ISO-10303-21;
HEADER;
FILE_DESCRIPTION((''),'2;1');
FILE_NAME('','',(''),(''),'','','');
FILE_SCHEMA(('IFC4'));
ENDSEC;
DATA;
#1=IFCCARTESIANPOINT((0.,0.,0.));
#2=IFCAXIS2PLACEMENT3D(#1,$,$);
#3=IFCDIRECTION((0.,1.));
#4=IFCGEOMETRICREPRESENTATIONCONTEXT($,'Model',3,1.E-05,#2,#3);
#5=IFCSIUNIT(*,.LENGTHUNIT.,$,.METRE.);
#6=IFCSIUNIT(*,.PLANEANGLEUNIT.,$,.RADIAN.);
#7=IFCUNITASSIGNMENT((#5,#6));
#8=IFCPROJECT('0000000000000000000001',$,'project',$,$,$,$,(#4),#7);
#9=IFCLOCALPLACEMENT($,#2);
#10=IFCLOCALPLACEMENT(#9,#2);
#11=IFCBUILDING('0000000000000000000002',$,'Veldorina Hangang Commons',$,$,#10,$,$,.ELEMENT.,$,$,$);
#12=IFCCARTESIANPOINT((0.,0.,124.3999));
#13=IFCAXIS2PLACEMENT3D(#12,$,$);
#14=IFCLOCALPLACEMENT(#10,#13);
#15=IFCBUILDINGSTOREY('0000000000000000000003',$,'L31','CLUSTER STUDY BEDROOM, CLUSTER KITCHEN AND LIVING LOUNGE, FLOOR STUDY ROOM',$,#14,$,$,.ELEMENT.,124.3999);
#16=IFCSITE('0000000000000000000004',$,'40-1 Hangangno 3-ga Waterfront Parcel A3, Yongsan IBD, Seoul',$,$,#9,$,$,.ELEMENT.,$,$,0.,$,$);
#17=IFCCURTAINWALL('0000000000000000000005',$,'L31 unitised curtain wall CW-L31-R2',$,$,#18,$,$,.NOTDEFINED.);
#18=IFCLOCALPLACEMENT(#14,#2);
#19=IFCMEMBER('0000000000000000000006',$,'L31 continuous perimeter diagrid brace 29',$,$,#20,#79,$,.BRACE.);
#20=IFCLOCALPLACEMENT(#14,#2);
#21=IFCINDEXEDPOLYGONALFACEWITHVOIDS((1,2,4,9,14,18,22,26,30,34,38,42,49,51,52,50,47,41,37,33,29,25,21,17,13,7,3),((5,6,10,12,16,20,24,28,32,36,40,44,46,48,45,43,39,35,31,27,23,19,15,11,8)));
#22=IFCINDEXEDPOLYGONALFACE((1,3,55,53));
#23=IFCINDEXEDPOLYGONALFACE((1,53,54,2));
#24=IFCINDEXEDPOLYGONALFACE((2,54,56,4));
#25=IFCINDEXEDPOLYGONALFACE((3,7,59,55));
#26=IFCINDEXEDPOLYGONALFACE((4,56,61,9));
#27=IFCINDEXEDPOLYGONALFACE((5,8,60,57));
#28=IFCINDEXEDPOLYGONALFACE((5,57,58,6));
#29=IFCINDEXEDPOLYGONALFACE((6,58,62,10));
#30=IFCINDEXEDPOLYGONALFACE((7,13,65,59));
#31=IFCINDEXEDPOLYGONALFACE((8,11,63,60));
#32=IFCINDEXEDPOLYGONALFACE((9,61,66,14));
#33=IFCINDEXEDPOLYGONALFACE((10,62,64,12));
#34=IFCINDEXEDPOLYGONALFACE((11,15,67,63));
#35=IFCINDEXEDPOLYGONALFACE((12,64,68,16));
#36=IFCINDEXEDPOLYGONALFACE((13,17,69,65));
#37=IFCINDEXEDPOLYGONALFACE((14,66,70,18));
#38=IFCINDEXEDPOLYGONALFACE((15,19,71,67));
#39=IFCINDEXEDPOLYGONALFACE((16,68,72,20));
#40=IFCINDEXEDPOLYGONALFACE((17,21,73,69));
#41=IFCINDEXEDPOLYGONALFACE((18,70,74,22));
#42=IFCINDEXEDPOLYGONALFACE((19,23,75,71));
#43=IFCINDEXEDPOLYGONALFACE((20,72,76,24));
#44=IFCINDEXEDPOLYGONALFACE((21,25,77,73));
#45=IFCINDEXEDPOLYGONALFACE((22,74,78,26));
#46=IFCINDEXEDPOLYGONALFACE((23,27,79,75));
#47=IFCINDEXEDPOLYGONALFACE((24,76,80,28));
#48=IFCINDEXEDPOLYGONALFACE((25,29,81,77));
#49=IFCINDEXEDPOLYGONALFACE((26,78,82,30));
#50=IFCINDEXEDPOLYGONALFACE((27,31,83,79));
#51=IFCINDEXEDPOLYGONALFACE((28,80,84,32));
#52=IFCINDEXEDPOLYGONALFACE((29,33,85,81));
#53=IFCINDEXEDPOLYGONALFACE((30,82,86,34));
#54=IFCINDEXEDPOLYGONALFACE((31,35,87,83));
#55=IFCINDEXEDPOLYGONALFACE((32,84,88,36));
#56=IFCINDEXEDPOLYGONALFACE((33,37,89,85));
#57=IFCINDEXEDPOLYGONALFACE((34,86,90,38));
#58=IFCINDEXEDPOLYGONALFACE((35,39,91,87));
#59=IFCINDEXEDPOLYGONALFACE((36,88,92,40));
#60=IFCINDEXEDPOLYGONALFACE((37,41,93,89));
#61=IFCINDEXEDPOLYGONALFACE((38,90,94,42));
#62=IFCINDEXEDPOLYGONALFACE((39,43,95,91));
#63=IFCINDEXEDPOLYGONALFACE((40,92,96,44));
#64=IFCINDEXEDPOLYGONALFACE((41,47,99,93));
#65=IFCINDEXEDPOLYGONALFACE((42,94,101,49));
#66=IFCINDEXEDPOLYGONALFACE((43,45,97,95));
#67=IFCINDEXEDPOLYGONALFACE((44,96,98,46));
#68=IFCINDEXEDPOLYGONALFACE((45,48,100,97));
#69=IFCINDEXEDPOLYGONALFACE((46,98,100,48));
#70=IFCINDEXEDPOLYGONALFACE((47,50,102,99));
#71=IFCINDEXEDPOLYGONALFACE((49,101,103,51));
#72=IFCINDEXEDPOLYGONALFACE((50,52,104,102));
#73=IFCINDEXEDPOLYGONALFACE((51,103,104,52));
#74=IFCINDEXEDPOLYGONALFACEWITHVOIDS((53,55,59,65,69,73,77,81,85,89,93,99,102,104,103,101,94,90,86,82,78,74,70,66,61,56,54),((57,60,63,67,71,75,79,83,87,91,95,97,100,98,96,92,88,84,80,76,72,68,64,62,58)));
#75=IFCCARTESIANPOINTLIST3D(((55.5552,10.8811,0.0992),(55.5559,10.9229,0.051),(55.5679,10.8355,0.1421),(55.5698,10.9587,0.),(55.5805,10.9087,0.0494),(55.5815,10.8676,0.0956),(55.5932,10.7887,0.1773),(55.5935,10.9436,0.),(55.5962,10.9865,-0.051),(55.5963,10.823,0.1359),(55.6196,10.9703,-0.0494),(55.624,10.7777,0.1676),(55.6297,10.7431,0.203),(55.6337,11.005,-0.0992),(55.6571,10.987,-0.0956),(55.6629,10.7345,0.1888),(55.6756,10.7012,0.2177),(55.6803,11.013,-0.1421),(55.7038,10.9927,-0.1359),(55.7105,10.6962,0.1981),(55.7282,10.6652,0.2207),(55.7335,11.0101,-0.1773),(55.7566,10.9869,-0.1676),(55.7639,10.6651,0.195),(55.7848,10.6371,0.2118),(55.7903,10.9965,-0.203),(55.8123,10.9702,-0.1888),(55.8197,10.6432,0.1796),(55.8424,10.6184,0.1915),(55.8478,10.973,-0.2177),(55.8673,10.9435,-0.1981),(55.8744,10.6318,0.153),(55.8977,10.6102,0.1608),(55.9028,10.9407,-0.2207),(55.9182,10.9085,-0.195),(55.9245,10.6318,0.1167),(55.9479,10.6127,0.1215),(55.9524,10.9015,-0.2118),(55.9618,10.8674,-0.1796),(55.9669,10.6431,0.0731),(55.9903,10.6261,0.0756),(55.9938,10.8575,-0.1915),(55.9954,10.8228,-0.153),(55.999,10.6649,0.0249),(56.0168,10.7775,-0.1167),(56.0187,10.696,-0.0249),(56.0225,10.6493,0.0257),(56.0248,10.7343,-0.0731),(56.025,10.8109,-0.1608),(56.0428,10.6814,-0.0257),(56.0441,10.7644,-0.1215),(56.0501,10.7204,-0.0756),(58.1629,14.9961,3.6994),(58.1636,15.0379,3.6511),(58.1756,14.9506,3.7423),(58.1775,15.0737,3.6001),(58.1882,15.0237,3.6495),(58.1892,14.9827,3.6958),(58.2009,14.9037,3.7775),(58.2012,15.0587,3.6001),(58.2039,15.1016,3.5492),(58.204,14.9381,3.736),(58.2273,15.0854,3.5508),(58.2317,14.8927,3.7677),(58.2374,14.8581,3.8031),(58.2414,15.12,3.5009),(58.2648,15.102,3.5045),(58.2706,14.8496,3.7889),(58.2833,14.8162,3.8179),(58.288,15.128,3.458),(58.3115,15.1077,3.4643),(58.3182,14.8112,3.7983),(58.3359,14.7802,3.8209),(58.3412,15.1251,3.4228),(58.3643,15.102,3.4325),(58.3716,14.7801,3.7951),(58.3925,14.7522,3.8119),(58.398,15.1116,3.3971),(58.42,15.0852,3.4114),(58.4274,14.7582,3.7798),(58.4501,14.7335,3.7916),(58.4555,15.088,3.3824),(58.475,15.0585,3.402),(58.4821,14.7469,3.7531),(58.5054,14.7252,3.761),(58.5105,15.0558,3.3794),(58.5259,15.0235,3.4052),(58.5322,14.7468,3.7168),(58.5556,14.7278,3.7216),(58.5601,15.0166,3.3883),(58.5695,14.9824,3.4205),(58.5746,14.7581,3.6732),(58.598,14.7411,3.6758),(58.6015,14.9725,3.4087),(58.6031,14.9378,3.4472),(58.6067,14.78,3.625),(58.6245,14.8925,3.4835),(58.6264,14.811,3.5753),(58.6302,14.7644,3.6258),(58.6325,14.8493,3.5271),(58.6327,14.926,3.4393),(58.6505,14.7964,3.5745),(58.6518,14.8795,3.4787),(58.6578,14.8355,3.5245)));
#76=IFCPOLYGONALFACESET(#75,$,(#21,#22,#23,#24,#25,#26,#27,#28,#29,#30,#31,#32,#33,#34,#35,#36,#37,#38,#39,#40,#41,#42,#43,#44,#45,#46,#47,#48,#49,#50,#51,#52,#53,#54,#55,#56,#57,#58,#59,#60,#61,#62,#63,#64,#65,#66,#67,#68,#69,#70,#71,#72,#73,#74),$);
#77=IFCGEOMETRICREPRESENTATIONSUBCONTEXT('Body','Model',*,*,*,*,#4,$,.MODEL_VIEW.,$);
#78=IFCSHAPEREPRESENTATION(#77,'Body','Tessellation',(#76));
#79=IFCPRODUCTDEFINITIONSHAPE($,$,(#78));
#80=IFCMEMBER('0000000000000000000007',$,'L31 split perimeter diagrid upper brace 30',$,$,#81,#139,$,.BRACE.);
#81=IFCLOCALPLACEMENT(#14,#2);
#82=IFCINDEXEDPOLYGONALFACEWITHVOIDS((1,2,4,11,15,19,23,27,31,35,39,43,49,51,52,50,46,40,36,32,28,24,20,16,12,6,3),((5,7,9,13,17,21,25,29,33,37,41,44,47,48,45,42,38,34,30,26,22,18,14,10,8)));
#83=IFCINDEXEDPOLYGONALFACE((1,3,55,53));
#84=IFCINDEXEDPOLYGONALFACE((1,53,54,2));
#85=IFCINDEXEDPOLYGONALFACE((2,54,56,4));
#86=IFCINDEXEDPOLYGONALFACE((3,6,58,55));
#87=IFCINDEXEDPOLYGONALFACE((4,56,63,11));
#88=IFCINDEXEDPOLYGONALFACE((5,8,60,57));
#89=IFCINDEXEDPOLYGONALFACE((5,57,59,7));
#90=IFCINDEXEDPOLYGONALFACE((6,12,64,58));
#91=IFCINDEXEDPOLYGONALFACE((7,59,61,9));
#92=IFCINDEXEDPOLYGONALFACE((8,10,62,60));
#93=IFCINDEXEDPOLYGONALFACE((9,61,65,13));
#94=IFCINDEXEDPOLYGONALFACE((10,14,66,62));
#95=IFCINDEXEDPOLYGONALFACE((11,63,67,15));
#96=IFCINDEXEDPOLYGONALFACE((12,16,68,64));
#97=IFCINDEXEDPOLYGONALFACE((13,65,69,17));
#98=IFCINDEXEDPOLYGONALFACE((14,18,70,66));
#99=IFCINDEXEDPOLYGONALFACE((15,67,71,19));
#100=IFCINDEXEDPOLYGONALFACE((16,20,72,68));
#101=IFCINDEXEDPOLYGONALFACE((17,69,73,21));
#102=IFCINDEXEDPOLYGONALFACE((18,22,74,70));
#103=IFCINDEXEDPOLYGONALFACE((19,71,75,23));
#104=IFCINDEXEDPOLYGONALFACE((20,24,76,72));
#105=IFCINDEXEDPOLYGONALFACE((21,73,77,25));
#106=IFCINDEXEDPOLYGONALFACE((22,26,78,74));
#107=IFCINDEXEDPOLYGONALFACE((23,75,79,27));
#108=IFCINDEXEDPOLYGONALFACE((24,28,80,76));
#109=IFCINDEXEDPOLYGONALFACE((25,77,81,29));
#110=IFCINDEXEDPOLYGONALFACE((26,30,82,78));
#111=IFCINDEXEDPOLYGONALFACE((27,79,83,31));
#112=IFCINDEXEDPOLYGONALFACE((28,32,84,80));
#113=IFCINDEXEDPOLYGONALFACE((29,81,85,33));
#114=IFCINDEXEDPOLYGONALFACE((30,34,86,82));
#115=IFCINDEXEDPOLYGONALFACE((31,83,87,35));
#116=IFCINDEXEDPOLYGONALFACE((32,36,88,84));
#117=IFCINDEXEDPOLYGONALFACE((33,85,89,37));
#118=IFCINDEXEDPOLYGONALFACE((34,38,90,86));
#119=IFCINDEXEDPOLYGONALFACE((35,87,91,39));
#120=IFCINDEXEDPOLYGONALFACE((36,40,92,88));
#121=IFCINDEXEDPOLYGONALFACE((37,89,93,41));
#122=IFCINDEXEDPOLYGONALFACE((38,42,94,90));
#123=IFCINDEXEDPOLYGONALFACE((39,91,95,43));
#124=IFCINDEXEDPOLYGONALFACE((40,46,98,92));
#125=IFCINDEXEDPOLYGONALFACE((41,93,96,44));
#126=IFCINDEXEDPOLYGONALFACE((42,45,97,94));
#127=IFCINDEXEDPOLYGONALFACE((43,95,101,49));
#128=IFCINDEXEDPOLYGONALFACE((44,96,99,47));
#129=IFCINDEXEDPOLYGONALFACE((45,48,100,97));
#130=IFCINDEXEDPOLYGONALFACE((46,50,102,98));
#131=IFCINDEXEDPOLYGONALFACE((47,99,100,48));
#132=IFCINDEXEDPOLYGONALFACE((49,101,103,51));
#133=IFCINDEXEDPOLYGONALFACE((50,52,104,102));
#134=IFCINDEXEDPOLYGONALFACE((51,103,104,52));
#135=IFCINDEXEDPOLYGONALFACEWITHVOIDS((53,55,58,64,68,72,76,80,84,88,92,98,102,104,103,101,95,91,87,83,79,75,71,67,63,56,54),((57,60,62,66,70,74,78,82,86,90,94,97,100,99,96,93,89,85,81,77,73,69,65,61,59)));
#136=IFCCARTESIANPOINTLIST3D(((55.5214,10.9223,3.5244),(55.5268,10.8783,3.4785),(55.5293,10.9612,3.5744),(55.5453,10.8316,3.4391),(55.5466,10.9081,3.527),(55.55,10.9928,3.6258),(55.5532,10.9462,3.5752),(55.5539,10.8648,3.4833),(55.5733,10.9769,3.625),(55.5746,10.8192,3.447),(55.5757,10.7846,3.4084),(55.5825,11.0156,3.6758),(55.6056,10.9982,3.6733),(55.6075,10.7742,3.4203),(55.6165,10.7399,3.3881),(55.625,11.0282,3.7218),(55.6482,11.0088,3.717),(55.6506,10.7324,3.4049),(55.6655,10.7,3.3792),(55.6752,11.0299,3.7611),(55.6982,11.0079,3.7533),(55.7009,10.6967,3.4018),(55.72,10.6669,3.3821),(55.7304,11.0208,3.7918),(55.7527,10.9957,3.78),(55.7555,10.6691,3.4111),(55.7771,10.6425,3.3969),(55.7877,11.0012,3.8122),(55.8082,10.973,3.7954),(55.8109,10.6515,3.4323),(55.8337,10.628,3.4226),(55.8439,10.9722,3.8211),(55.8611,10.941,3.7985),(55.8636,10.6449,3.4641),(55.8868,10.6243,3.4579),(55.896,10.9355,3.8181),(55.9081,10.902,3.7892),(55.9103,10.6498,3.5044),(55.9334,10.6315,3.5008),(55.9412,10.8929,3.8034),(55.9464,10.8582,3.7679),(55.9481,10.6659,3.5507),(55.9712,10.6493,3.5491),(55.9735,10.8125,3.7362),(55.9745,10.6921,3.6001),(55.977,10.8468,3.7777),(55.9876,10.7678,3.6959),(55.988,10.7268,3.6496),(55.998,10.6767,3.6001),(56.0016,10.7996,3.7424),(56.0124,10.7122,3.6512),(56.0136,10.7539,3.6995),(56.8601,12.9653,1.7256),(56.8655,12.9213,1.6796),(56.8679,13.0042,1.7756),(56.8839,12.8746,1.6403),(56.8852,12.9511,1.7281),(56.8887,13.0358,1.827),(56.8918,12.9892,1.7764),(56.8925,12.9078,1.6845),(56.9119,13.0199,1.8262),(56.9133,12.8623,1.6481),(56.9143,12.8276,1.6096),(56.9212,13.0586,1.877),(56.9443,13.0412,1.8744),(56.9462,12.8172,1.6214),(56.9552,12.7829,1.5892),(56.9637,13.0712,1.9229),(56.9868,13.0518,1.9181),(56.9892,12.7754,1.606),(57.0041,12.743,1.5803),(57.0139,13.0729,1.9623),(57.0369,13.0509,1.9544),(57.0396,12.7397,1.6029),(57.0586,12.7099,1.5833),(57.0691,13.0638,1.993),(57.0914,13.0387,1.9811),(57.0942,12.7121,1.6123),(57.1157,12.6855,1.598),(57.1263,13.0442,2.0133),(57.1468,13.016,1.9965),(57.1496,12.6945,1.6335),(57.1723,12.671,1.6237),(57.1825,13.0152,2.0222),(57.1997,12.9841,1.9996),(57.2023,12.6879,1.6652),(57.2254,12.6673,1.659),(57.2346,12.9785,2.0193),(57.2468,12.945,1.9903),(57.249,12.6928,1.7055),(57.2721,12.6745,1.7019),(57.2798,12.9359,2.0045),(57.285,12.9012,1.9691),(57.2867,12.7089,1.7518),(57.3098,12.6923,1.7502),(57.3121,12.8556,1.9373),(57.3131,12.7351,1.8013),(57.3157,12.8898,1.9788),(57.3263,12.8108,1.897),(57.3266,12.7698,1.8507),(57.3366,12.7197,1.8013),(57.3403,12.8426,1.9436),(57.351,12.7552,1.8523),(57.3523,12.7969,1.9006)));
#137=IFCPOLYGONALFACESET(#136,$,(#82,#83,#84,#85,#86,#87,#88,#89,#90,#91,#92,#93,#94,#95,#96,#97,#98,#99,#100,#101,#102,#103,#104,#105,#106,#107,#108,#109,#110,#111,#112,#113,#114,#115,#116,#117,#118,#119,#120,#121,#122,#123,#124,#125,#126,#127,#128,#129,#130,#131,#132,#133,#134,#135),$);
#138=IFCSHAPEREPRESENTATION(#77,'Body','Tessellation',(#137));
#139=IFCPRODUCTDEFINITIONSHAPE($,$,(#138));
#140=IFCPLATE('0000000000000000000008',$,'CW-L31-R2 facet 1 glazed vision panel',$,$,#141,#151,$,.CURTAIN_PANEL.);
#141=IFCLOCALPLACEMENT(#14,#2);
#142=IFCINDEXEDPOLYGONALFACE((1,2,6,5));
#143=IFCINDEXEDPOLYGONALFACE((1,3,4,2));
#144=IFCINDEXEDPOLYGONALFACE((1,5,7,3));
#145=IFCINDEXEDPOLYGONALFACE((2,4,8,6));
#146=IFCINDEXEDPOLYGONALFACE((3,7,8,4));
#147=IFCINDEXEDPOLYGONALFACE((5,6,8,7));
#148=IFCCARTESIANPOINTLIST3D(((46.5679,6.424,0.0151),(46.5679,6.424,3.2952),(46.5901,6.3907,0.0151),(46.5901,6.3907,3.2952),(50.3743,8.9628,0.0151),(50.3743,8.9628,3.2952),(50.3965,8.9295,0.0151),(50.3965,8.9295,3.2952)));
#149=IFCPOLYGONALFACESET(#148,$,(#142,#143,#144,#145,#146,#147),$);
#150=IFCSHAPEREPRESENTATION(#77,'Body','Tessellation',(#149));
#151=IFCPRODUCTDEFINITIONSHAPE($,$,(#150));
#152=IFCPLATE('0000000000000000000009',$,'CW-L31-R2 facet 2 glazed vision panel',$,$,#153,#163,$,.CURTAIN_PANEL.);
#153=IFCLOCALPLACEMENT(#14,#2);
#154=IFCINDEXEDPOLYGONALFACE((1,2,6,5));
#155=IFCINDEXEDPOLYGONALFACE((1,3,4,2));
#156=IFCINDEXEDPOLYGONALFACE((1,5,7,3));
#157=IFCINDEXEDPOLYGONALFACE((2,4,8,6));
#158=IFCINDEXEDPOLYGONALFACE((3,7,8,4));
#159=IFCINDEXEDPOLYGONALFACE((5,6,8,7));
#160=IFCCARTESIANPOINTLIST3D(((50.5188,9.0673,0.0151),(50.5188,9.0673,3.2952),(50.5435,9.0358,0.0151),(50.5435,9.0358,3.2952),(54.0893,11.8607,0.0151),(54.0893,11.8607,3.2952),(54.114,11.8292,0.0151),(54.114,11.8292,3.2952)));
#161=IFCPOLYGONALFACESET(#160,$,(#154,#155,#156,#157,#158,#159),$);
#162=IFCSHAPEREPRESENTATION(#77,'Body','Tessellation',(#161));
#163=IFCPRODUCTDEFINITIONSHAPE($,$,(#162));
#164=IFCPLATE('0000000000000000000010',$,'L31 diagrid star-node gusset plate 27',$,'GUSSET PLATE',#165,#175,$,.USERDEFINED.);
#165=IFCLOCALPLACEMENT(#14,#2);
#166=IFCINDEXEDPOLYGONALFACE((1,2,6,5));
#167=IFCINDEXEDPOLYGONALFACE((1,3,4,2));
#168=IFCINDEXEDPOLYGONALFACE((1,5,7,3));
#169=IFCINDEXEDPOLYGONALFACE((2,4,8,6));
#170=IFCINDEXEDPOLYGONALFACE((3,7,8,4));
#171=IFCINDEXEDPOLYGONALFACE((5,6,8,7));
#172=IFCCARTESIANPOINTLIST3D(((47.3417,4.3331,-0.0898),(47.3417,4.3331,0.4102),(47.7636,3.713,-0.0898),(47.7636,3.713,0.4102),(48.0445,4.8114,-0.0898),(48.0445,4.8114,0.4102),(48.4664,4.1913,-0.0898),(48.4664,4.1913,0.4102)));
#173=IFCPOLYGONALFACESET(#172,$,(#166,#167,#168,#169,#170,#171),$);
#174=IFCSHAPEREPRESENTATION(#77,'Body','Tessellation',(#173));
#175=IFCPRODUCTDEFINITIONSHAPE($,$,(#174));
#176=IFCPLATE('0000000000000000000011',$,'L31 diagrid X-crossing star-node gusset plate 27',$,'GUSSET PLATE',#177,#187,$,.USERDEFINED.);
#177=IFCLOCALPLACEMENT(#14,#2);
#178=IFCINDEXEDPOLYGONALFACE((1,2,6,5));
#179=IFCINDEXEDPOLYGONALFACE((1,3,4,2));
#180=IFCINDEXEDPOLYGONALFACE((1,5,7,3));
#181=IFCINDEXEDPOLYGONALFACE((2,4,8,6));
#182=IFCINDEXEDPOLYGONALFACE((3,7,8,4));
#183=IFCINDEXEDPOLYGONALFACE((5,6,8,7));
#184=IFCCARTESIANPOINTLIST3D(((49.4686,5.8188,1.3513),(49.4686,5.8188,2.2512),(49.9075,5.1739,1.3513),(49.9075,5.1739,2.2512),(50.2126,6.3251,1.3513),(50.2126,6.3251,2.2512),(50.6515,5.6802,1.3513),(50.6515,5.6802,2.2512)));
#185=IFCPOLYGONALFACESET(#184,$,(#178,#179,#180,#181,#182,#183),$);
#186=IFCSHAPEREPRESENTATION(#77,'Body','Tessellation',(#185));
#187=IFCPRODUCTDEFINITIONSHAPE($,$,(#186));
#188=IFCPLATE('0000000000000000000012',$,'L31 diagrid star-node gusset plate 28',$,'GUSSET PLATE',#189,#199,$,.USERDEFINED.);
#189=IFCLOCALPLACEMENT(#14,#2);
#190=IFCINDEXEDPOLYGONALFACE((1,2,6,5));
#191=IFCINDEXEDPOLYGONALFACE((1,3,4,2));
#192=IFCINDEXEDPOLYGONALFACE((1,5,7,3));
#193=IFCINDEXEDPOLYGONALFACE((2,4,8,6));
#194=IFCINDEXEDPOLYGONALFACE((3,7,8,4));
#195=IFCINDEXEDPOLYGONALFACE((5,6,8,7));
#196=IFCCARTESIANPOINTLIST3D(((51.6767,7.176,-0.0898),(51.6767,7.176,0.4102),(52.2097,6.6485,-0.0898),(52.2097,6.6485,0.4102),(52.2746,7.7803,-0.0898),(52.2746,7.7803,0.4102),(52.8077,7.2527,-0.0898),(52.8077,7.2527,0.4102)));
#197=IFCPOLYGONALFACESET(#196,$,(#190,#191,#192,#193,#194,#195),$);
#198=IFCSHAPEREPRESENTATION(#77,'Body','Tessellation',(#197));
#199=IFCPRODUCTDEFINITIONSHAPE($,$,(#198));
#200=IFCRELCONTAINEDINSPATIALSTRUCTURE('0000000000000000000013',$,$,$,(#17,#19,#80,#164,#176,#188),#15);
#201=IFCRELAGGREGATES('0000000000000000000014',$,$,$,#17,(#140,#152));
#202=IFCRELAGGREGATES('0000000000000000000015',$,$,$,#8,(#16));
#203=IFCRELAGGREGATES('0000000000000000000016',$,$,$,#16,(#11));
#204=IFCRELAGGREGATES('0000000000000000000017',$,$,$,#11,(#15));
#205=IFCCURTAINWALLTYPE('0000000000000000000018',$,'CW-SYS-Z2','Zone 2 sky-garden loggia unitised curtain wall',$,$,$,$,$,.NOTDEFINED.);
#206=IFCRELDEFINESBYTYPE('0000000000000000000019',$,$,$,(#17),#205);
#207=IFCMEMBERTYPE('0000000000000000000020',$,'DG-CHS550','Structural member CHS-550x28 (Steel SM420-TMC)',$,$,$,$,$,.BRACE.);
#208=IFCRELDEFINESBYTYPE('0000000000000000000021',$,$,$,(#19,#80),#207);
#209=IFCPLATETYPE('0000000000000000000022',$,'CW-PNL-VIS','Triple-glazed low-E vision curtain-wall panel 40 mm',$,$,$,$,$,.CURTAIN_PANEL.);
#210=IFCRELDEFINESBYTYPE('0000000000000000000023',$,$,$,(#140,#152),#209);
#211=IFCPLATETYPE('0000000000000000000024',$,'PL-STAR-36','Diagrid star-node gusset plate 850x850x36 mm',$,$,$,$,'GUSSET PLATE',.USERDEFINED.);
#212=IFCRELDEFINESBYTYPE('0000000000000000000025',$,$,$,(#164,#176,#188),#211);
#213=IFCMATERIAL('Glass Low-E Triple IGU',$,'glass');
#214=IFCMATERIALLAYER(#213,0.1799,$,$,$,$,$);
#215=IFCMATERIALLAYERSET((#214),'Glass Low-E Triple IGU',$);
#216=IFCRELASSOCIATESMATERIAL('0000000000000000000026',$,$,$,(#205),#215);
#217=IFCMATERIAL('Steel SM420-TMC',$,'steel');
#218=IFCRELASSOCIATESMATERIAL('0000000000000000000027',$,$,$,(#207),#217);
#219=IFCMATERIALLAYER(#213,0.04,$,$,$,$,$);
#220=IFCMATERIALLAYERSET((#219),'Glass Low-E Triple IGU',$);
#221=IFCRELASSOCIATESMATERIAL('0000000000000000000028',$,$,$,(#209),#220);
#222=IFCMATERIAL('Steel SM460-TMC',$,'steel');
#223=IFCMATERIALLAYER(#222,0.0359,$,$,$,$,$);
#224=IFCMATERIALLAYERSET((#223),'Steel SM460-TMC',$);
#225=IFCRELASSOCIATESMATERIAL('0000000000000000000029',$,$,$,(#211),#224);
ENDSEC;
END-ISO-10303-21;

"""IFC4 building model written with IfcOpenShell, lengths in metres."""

from ifc_helpers import new_model, si_unit, direction, frame, origin, origin_2d, place, context, subcontext, project, spatial, rectangle, hollow_circle, extrude, material, layer, layer_set, material_profile, profile_set, type_object, element, aggregate, save


model = new_model("IFC4")

# Units and contexts
model_context = context("Model", 3, precision=1e-05, world=origin(), true_north=direction((0.0, 1.0)))
body_context = subcontext(model_context, "Body", "Model", "MODEL_VIEW")
ifc_project = project(units=[si_unit("LENGTHUNIT", "METRE"), si_unit("PLANEANGLEUNIT", "RADIAN")], contexts=[model_context])

# Site, building, storey
site_placement = place(None, origin())
site = spatial("IfcSite", under=ifc_project, at=site_placement, Name="40-1 Hangangno 3-ga Waterfront Parcel A3, Yongsan IBD, Seoul", CompositionType="ELEMENT", RefElevation=0.0)
building_placement = place(site_placement, origin())
building = spatial("IfcBuilding", under=site, at=building_placement, Name="Veldorina Hangang Commons", CompositionType="ELEMENT")
storey_placement = place(building_placement, frame((0.0, 0.0, 124.3999)))
storey = spatial("IfcBuildingStorey", under=building, at=storey_placement, Name="L31", Description="CLUSTER STUDY BEDROOM, CLUSTER KITCHEN AND LIVING LOUNGE, FLOOR STUDY ROOM", CompositionType="ELEMENT", Elevation=124.3999)

# Shared definitions
ifc_material_1 = material(Name="Steel SM420-TMC", Category="steel")

# Curtain wall
ifc_material_2 = material(Name="Glass Low-E Triple IGU", Category="glass")
ifc_layer_1 = layer(ifc_material_2, 0.1799)
ifc_layer_set_1 = layer_set([ifc_layer_1], Name="Glass Low-E Triple IGU")
curtain_wall_type = type_object("IfcCurtainWallType", Name="CW-SYS-Z2", Description="Zone 2 sky-garden loggia unitised curtain wall", PredefinedType="NOTDEFINED", material=ifc_layer_set_1)
curtain_wall_placement = place(storey_placement, origin())
curtain_wall = element("IfcCurtainWall", 1, at=curtain_wall_placement, inside=storey, type_object=curtain_wall_type, Name="L31 unitised curtain wall CW-L31-R2", PredefinedType="NOTDEFINED")

# Members
ifc_material_profile_1 = material_profile(ifc_material_1, hollow_circle(Radius=0.2749, WallThickness=0.0281, at=origin_2d()), Name="CHS-550x28")
ifc_profile_set_1 = profile_set([ifc_material_profile_1], Name="Steel SM420-TMC")
member_type_1 = type_object("IfcMemberType", Name="DG-CHS550", Description="Structural member CHS-550x28 (Steel SM420-TMC)", PredefinedType="BRACE", material=ifc_profile_set_1)
member_1_placement = place(storey_placement, frame((55.802, 10.8115, 0.0), z_axis=(0.430483, 0.679317, 0.594317), x_axis=(-0.844679, 0.535273, 0.0)))
element("IfcMember", 2, at=member_1_placement, inside=storey, type_object=member_type_1, Name="L31 continuous perimeter diagrid brace 29", PredefinedType="BRACE", context=body_context, shape_type="SweptSolid", body=[
    extrude(hollow_circle(Radius=0.2749, WallThickness=0.0281, at=origin_2d()), origin(), (0.0, 0.0, 1.0), 6.0576),
])
member_2_placement = place(storey_placement, frame((57.1067, 12.8704, 1.8013), z_axis=(-0.441297, -0.673495, 0.59301), x_axis=(0.836437, -0.548062, 0.0)))
element("IfcMember", 3, at=member_2_placement, inside=storey, type_object=member_type_1, Name="L31 split perimeter diagrid upper brace 30", PredefinedType="BRACE", context=body_context, shape_type="SweptSolid", body=[
    extrude(hollow_circle(Radius=0.2749, WallThickness=0.0281, at=origin_2d()), origin(), (0.0, 0.0, 1.0), 3.0334),
])

# Plates
ifc_layer_2 = layer(ifc_material_2, 0.04)
ifc_layer_set_2 = layer_set([ifc_layer_2], Name="Glass Low-E Triple IGU")
plate_type_1 = type_object("IfcPlateType", Name="CW-PNL-VIS", Description="Triple-glazed low-E vision curtain-wall panel 40 mm", PredefinedType="CURTAIN_PANEL", material=ifc_layer_set_2)
plate_1_placement = place(storey_placement, frame((48.4822, 7.6768, 0.0151), z_axis=(0.0, 0.0, 1.0), x_axis=(0.831925, 0.554888, 0.0)))
plate_1 = element("IfcPlate", 4, at=plate_1_placement, type_object=plate_type_1, Name="CW-L31-R2 facet 1 glazed vision panel", PredefinedType="CURTAIN_PANEL", context=body_context, shape_type="SweptSolid", body=[
    extrude(rectangle(XDim=4.5754, YDim=0.04, at=origin_2d()), origin(), (0.0, 0.0, 1.0), 3.28),
])
plate_2_placement = place(storey_placement, frame((52.3164, 10.4482, 0.0151), z_axis=(0.0, 0.0, 1.0), x_axis=(0.787602, 0.616184, 0.0)))
plate_2 = element("IfcPlate", 5, at=plate_2_placement, type_object=plate_type_1, Name="CW-L31-R2 facet 2 glazed vision panel", PredefinedType="CURTAIN_PANEL", context=body_context, shape_type="SweptSolid", body=[
    extrude(rectangle(XDim=4.5334, YDim=0.04, at=origin_2d()), origin(), (0.0, 0.0, 1.0), 3.28),
])
aggregate(curtain_wall, [plate_1, plate_2])

# Plates
ifc_material_3 = material(Name="Steel SM460-TMC", Category="steel")
ifc_layer_3 = layer(ifc_material_3, 0.0359)
ifc_layer_set_3 = layer_set([ifc_layer_3], Name="Steel SM460-TMC")
plate_type_2 = type_object("IfcPlateType", Name="PL-STAR-36", Description="Diagrid star-node gusset plate 850x850x36 mm", ElementType="GUSSET PLATE", PredefinedType="USERDEFINED", material=ifc_layer_set_3)
plate_3_placement = place(storey_placement, frame((47.9041, 4.2622, -0.0898), z_axis=(0.0, 0.0, 1.0), x_axis=(0.826717, 0.562617, 0.0)))
element("IfcPlate", 6, at=plate_3_placement, inside=storey, type_object=plate_type_2, Name="L31 diagrid star-node gusset plate 27", ObjectType="GUSSET PLATE", PredefinedType="USERDEFINED", context=body_context, shape_type="SweptSolid", body=[
    extrude(rectangle(XDim=0.8501, YDim=0.75, at=origin_2d()), origin(), (0.0, 0.0, 1.0), 0.5),
])
plate_4_placement = place(storey_placement, frame((50.0601, 5.7495, 1.3513), z_axis=(0.0, 0.0, 1.0), x_axis=(0.826717, 0.562617, 0.0)))
element("IfcPlate", 7, at=plate_4_placement, inside=storey, type_object=plate_type_2, Name="L31 diagrid X-crossing star-node gusset plate 27", ObjectType="GUSSET PLATE", PredefinedType="USERDEFINED", context=body_context, shape_type="SweptSolid", body=[
    extrude(rectangle(XDim=0.8999, YDim=0.78, at=origin_2d()), origin(), (0.0, 0.0, 1.0), 0.8999),
])
for number, where, z_axis, x_axis, name in (
    (8, (52.2422, 7.2144, -0.0898), (0.0, 0.0, 1.0), (0.70342, 0.710775, 0.0), "L31 diagrid star-node gusset plate 28"),
):
    element("IfcPlate", number, at=place(storey_placement, frame(where, z_axis=z_axis, x_axis=x_axis)), inside=storey, type_object=plate_type_2, Name=name, ObjectType="GUSSET PLATE", PredefinedType="USERDEFINED", context=body_context, shape_type="SweptSolid", body=[
        extrude(rectangle(XDim=0.8501, YDim=0.75, at=origin_2d()), origin(), (0.0, 0.0, 1.0), 0.5),
    ])

save(model, "model.ifc")
